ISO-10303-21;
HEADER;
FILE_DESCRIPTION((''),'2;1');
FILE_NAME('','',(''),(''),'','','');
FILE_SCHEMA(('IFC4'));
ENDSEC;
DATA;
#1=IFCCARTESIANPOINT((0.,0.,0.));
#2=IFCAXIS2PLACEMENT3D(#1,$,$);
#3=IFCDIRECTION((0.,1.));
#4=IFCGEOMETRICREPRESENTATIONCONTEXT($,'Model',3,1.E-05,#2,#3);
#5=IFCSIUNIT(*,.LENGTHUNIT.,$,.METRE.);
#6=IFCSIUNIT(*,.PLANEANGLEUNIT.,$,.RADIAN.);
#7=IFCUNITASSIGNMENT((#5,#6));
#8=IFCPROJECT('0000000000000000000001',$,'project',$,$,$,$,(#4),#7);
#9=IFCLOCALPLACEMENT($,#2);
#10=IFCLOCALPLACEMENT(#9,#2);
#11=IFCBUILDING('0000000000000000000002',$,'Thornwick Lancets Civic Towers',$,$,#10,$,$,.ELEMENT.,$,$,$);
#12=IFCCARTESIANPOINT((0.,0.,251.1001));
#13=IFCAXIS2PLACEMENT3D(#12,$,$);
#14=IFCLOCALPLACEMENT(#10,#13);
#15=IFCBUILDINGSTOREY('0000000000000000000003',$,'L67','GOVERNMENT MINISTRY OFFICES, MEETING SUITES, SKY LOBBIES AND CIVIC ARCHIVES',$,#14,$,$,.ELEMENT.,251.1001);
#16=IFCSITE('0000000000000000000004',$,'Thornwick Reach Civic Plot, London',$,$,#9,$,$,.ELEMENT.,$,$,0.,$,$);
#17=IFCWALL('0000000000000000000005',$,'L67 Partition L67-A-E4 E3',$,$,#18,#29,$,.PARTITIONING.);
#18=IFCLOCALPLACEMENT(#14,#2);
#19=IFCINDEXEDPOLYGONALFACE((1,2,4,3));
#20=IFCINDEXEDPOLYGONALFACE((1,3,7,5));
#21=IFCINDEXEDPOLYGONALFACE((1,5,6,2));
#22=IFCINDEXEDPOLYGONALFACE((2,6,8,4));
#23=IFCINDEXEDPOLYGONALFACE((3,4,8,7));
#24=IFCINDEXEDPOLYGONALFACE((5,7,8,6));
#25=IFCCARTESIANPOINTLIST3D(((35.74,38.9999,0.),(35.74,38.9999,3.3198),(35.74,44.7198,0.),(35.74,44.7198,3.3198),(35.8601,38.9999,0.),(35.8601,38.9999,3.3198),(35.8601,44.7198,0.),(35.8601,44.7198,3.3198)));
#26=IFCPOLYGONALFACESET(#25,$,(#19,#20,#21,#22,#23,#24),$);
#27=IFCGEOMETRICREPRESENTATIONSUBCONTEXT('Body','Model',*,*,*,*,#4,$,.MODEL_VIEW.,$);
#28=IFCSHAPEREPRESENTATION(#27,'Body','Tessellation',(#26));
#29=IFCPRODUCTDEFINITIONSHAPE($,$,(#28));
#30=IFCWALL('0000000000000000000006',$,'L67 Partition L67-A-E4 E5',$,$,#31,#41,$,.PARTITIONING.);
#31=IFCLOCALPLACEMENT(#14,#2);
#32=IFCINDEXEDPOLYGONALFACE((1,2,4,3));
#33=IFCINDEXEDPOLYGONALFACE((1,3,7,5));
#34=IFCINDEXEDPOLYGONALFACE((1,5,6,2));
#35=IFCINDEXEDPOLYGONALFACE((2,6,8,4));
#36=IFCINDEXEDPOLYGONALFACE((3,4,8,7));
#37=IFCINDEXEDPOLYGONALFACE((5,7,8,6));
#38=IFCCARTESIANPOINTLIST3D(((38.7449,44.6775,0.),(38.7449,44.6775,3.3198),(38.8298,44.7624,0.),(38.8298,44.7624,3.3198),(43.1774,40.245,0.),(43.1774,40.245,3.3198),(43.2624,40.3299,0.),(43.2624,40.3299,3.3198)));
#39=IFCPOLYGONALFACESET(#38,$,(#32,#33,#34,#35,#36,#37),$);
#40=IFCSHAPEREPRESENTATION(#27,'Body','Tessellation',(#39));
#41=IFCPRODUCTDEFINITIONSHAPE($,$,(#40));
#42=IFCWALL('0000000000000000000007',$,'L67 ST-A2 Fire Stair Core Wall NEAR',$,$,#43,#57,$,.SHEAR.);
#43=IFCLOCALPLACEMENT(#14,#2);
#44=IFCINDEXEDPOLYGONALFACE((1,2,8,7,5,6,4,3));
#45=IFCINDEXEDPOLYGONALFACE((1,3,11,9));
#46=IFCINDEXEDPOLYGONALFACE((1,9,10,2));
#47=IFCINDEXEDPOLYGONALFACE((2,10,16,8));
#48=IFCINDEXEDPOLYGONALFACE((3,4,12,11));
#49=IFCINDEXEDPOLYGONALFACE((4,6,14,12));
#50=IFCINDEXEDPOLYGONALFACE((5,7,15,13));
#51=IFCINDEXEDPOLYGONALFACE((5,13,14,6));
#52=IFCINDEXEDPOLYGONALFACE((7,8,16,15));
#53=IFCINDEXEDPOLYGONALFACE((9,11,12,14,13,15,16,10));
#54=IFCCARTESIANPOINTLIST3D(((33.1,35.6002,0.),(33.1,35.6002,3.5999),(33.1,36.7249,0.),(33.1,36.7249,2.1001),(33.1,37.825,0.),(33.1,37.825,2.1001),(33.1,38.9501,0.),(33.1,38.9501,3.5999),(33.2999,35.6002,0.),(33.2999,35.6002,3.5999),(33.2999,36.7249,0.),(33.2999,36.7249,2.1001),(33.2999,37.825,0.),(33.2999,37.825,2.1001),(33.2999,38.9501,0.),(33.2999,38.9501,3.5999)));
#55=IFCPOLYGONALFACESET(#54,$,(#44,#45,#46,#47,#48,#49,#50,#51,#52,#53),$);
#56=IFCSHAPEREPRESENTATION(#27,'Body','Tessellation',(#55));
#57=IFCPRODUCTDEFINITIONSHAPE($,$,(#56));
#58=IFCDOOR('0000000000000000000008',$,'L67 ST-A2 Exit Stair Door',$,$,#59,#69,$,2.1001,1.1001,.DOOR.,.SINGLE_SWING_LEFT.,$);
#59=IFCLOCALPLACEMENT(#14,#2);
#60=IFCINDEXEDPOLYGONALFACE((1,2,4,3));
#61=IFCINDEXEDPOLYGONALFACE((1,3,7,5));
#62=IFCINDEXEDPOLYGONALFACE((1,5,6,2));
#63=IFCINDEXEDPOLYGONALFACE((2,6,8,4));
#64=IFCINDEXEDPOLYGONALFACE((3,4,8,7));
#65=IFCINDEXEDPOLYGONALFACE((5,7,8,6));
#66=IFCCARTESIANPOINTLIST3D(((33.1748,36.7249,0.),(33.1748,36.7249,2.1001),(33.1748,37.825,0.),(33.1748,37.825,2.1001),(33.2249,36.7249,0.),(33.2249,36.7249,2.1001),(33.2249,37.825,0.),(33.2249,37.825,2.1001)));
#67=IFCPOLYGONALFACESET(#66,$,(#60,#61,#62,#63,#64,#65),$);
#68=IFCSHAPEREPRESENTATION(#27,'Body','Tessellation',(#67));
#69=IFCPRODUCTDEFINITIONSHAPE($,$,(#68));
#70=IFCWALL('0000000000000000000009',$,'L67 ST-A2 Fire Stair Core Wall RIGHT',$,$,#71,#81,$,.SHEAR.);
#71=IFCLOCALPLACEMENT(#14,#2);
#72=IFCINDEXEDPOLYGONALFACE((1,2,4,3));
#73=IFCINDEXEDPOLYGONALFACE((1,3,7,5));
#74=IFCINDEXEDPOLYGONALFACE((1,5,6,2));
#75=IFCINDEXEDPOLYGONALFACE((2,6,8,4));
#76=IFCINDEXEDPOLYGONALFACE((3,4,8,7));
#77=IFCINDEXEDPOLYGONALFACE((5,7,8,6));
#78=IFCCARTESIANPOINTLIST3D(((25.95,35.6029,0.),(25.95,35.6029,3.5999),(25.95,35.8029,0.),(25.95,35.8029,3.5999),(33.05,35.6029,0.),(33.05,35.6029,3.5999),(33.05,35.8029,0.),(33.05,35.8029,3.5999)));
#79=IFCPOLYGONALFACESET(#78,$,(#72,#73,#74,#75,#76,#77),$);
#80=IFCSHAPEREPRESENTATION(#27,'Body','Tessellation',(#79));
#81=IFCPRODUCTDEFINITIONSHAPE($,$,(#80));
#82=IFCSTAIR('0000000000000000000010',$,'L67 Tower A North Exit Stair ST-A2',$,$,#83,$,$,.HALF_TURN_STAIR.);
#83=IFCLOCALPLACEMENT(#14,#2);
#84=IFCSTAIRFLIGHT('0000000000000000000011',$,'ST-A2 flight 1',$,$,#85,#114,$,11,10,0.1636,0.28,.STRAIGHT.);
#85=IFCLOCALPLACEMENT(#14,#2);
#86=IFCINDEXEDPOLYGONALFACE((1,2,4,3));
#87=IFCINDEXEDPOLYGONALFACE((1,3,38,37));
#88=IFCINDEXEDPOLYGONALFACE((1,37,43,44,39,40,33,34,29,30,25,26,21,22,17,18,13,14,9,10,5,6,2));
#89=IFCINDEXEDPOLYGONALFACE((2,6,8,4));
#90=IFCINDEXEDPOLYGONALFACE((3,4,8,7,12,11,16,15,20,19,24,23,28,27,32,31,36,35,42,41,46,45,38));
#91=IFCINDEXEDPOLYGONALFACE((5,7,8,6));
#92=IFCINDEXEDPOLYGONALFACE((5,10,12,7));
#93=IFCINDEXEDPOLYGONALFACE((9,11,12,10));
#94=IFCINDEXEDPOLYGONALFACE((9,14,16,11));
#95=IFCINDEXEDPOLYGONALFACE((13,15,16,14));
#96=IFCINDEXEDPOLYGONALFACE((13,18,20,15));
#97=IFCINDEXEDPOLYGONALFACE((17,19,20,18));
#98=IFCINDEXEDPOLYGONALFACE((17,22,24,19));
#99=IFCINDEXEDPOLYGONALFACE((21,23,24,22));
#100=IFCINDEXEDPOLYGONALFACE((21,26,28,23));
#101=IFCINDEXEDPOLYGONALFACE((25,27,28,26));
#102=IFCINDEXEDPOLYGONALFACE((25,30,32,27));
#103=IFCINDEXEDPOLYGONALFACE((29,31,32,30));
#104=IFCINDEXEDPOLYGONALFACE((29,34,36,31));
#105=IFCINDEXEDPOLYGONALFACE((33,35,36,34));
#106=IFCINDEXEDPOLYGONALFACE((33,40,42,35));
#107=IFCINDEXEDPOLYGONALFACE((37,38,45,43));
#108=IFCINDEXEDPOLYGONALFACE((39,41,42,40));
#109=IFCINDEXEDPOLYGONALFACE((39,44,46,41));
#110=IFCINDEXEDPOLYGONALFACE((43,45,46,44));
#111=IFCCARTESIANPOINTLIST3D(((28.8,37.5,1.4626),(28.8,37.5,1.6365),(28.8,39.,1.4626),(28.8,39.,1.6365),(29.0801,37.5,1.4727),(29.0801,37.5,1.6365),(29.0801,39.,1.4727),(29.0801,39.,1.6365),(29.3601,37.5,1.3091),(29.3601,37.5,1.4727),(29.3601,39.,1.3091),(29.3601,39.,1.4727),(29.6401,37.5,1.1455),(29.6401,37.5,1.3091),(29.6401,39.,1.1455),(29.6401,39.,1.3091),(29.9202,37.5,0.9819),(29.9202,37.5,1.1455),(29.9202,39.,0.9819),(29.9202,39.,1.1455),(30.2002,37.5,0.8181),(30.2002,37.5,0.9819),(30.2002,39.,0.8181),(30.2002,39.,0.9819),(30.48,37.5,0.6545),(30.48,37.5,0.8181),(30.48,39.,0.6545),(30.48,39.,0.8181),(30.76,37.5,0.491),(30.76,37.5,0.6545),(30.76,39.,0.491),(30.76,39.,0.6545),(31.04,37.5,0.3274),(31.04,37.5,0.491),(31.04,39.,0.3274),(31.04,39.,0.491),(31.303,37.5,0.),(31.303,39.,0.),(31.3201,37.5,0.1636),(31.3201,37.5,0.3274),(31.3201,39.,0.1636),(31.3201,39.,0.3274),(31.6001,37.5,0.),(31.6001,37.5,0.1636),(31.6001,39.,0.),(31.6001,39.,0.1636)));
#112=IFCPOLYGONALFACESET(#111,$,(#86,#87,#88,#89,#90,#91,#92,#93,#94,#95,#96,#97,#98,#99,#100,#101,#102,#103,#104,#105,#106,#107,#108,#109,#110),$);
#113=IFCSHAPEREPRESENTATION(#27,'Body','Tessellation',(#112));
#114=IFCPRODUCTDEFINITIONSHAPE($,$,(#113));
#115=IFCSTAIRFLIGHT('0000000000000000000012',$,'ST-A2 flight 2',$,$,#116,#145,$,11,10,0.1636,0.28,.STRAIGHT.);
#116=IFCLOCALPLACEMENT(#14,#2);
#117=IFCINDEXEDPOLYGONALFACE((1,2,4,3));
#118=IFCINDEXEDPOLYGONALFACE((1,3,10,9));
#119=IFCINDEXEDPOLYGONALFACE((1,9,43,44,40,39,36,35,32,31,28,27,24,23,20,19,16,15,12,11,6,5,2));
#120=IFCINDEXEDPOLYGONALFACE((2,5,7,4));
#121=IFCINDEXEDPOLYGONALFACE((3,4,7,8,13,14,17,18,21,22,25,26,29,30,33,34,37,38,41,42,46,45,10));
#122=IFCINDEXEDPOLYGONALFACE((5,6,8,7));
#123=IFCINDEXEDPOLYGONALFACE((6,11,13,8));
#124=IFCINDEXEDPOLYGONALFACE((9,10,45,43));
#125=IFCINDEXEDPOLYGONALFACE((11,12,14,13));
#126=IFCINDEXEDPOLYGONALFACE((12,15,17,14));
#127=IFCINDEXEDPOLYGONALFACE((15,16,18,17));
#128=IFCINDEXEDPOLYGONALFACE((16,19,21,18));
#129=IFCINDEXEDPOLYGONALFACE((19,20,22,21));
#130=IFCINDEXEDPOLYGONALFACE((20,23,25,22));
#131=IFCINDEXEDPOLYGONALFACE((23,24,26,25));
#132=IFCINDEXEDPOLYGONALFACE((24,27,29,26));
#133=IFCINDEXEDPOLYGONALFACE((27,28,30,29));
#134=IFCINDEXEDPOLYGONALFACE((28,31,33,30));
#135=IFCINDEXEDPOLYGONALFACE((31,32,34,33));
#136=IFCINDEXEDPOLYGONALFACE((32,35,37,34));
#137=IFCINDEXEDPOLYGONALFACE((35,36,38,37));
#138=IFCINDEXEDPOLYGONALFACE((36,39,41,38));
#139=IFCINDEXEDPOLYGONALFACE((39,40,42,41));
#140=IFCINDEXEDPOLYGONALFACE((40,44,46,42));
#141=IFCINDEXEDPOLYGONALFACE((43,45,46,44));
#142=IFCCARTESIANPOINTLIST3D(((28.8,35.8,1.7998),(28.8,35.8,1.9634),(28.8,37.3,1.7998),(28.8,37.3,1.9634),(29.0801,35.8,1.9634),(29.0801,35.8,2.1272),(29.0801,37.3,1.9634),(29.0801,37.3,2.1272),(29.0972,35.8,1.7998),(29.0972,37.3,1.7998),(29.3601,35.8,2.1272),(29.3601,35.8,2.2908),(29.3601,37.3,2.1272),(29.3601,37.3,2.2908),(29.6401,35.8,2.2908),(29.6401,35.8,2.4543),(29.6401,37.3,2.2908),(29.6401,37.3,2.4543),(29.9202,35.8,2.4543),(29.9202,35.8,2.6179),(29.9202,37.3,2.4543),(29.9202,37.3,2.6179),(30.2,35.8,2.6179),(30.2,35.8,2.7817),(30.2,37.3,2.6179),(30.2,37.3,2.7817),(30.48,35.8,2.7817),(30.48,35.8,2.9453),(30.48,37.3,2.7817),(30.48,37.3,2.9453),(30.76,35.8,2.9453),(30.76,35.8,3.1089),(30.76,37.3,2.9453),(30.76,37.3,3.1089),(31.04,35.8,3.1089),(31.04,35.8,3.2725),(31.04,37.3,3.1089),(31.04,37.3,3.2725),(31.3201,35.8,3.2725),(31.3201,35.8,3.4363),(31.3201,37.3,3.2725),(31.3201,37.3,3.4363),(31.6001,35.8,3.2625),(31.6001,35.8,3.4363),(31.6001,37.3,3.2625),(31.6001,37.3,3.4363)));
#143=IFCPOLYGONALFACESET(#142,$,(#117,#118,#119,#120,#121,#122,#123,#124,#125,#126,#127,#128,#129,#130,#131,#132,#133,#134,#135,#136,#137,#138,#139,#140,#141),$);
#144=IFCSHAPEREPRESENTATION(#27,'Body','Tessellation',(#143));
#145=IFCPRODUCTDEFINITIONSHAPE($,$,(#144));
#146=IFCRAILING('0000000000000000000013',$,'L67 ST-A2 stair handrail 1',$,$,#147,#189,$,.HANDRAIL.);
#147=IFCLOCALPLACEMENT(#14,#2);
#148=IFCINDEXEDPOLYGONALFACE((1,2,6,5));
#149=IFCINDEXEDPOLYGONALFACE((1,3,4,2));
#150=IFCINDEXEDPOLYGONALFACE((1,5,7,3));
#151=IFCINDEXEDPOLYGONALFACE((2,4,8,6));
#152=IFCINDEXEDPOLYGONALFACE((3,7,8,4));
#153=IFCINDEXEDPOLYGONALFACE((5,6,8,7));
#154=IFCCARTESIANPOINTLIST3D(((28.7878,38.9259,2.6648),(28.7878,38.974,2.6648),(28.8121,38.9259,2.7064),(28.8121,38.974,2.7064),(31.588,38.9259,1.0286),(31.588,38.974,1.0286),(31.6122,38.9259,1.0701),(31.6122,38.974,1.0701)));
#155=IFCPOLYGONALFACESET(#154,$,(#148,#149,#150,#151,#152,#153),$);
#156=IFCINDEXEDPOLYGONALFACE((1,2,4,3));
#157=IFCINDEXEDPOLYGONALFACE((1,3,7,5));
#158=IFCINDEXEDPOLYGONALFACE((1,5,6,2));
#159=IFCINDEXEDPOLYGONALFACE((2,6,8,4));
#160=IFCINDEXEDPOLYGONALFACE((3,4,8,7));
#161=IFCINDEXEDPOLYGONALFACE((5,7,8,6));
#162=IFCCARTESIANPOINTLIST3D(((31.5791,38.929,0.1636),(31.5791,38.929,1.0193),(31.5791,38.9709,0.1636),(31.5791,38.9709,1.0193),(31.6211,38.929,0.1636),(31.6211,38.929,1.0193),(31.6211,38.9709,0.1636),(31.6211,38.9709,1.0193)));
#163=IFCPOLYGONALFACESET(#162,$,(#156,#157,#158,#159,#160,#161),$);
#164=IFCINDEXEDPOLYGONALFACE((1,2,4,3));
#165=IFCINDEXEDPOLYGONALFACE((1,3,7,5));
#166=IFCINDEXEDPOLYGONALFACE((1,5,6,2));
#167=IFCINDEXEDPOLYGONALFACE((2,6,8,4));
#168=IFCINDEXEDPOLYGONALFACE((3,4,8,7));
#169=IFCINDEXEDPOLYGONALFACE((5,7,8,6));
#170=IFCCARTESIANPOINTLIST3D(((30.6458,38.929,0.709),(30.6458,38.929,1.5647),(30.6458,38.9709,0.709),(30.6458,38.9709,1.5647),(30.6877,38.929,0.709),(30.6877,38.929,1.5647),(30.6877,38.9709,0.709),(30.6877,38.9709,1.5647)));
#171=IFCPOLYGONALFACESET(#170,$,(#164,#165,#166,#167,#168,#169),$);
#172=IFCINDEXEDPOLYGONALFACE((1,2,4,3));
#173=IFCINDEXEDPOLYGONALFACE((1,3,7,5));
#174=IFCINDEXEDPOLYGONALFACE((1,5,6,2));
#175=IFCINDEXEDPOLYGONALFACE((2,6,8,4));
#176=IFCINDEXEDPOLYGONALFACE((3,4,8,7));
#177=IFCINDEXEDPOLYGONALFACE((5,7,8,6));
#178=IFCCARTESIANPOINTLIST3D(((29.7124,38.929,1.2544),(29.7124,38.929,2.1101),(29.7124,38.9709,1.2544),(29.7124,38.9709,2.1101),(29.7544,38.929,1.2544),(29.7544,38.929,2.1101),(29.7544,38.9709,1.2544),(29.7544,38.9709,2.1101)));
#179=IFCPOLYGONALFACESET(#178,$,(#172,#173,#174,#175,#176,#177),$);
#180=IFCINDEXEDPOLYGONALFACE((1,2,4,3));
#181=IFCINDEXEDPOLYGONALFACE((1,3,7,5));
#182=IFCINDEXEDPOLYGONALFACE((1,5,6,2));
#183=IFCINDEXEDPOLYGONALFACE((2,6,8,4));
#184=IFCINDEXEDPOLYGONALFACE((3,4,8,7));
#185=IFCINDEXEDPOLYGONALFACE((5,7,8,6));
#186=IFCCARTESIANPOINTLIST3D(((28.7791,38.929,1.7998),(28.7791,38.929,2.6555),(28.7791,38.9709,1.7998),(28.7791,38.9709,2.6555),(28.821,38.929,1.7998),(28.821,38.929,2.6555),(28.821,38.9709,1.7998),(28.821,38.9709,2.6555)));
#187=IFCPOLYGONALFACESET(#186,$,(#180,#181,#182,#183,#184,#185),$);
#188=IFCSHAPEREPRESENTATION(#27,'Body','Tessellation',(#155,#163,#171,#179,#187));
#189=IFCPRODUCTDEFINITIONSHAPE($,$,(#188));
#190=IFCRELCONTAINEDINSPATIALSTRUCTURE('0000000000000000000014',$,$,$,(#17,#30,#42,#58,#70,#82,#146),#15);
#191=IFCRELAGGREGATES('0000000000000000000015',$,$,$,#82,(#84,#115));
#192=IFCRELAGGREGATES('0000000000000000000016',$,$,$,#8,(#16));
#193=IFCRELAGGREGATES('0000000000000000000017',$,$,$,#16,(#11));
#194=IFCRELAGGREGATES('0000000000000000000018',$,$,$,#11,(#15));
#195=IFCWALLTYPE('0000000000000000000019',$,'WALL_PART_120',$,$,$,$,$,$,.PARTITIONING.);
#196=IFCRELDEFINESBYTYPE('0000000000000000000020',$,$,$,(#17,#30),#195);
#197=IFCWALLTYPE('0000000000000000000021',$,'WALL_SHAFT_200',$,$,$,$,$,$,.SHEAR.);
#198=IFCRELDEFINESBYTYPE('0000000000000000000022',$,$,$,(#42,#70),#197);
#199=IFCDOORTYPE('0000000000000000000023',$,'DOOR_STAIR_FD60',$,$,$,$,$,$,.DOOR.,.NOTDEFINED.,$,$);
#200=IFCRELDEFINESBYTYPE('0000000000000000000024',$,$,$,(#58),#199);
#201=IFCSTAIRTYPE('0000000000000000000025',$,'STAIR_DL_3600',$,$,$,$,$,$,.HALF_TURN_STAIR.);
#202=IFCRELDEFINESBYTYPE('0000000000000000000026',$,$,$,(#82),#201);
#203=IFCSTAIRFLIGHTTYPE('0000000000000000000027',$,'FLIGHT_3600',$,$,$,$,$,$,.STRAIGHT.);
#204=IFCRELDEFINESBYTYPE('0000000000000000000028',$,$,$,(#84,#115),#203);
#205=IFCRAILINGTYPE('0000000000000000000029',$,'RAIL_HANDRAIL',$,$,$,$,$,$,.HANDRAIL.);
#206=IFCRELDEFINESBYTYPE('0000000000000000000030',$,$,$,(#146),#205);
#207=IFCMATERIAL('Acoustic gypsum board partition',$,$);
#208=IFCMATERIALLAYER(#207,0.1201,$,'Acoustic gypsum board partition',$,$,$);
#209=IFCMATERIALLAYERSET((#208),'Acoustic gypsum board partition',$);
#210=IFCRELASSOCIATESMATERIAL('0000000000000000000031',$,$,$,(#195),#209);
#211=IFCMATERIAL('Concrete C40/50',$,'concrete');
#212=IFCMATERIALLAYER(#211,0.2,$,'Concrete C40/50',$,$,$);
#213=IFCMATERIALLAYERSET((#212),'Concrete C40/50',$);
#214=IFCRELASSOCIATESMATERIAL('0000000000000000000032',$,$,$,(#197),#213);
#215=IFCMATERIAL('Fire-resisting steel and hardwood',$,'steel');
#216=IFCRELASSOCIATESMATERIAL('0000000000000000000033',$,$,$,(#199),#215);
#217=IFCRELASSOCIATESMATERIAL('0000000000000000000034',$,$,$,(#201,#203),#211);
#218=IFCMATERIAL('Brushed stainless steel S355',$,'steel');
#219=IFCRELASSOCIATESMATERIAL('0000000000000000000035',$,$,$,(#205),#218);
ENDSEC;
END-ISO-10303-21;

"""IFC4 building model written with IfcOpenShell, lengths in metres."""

from ifc_helpers import new_model, si_unit, direction, frame, frame_2d, origin, origin_2d, place, context, subcontext, project, spatial, polyline, rectangle, outline, extrude, material, layer, layer_set, type_object, element, fill, aggregate, save


model = new_model("IFC4")

# Units and contexts
model_context = context("Model", 3, precision=1e-05, world=origin(), true_north=direction((0.0, 1.0)))
body_context = subcontext(model_context, "Body", "Model", "MODEL_VIEW")
ifc_project = project(units=[si_unit("LENGTHUNIT", "METRE"), si_unit("PLANEANGLEUNIT", "RADIAN")], contexts=[model_context])

# Site, building, storey
site_placement = place(None, origin())
site = spatial("IfcSite", under=ifc_project, at=site_placement, Name="Thornwick Reach Civic Plot, London", CompositionType="ELEMENT", RefElevation=0.0)
building_placement = place(site_placement, origin())
building = spatial("IfcBuilding", under=site, at=building_placement, Name="Thornwick Lancets Civic Towers", CompositionType="ELEMENT")
storey_placement = place(building_placement, frame((0.0, 0.0, 251.1001)))
storey = spatial("IfcBuildingStorey", under=building, at=storey_placement, Name="L67", Description="GOVERNMENT MINISTRY OFFICES, MEETING SUITES, SKY LOBBIES AND CIVIC ARCHIVES", CompositionType="ELEMENT", Elevation=251.1001)

# Shared definitions
ifc_material_1 = material(Name="Concrete C40/50", Category="concrete")

# Walls
ifc_material_2 = material(Name="Acoustic gypsum board partition")
ifc_layer_1 = layer(ifc_material_2, 0.1201, Name="Acoustic gypsum board partition")
ifc_layer_set_1 = layer_set([ifc_layer_1], Name="Acoustic gypsum board partition")
wall_type_1 = type_object("IfcWallType", Name="WALL_PART_120", PredefinedType="PARTITIONING", material=ifc_layer_set_1)
wall_1_placement = place(storey_placement, frame((35.8, 39.0, 0.0), z_axis=(0.0, 0.0, 1.0), x_axis=(0.0, 1.0, 0.0)))
element("IfcWall", 1, at=wall_1_placement, inside=storey, type_object=wall_type_1, Name="L67 Partition L67-A-E4 E3", PredefinedType="PARTITIONING", context=body_context, shape_type="SweptSolid", body=[
    extrude(rectangle(XDim=5.72, YDim=0.1201, at=frame_2d((2.8599, 0.0))), origin(), (0.0, 0.0, 1.0), 3.3198),
])
wall_2_placement = place(storey_placement, frame((38.7874, 44.72, 0.0), z_axis=(0.0, 0.0, 1.0), x_axis=(0.707107, -0.707107, 0.0)))
element("IfcWall", 2, at=wall_2_placement, inside=storey, type_object=wall_type_1, Name="L67 Partition L67-A-E4 E5", PredefinedType="PARTITIONING", context=body_context, shape_type="SweptSolid", body=[
    extrude(rectangle(XDim=6.2686, YDim=0.1201, at=frame_2d((3.1343, 0.0))), origin(), (0.0, 0.0, 1.0), 3.3198),
])

# Wall, opening, door
ifc_layer_2 = layer(ifc_material_1, 0.2, Name="Concrete C40/50")
ifc_layer_set_2 = layer_set([ifc_layer_2], Name="Concrete C40/50")
wall_type_2 = type_object("IfcWallType", Name="WALL_SHAFT_200", PredefinedType="SHEAR", material=ifc_layer_set_2)
wall_3_placement = place(storey_placement, frame((33.2, 38.95, 0.0), z_axis=(0.0, 0.0, 1.0), x_axis=(0.0, -1.0, 0.0)))
wall_3 = element("IfcWall", 3, at=wall_3_placement, inside=storey, type_object=wall_type_2, Name="L67 ST-A2 Fire Stair Core Wall NEAR", PredefinedType="SHEAR", context=body_context, shape_type="SweptSolid", body=[
    extrude(rectangle(XDim=3.3499, YDim=0.2, at=frame_2d((1.6748, 0.0))), origin(), (0.0, 0.0, 1.0), 3.5999),
])
opening_1_placement = place(wall_3_placement, frame((1.125, 0.0, 0.0)))
opening_1 = element("IfcOpeningElement", 4, at=opening_1_placement, cuts=wall_3, PredefinedType="OPENING", context=body_context, shape_type="SweptSolid", body=[
    extrude(rectangle(XDim=1.1001, YDim=2.1001, at=frame_2d((0.55, 1.05))), frame((0.0, 0.1099, 0.0), z_axis=(0.0, -1.0, 0.0), x_axis=(1.0, 0.0, 0.0)), (0.0, 0.0, 1.0), 0.22),
])
ifc_material_3 = material(Name="Fire-resisting steel and hardwood", Category="steel")
door_type = type_object("IfcDoorType", Name="DOOR_STAIR_FD60", OperationType="NOTDEFINED", PredefinedType="DOOR", material=ifc_material_3)
door_placement = place(opening_1_placement, origin())
door = element("IfcDoor", 5, at=door_placement, inside=storey, type_object=door_type, Name="L67 ST-A2 Exit Stair Door", OperationType="SINGLE_SWING_LEFT", OverallHeight=2.1001, OverallWidth=1.1001, PredefinedType="DOOR", context=body_context, shape_type="SweptSolid", body=[
    extrude(rectangle(XDim=1.1001, YDim=2.1001, at=frame_2d((0.55, 1.05))), frame((0.0, 0.0249, 0.0), z_axis=(0.0, -1.0, 0.0), x_axis=(1.0, 0.0, 0.0)), (0.0, 0.0, 1.0), 0.05),
])
fill(opening_1, door)

# Wall
wall_4_placement = place(storey_placement, frame((25.95, 35.7029, 0.0), z_axis=(0.0, 0.0, 1.0), x_axis=(1.0, 0.0, 0.0)))
element("IfcWall", 6, at=wall_4_placement, inside=storey, type_object=wall_type_2, Name="L67 ST-A2 Fire Stair Core Wall RIGHT", PredefinedType="SHEAR", context=body_context, shape_type="SweptSolid", body=[
    extrude(rectangle(XDim=7.1001, YDim=0.2, at=frame_2d((3.55, 0.0))), origin(), (0.0, 0.0, 1.0), 3.5999),
])

# Stair, stair flights
stair_type = type_object("IfcStairType", Name="STAIR_DL_3600", PredefinedType="HALF_TURN_STAIR", material=ifc_material_1)
stair_placement = place(storey_placement, origin())
stair = element("IfcStair", 7, at=stair_placement, inside=storey, type_object=stair_type, Name="L67 Tower A North Exit Stair ST-A2", PredefinedType="HALF_TURN_STAIR")
stair_flight_type = type_object("IfcStairFlightType", Name="FLIGHT_3600", PredefinedType="STRAIGHT", material=ifc_material_1)
stair_flight_1_placement = place(storey_placement, frame((31.6001, 38.25, 0.0), z_axis=(0.0, 0.0, 1.0), x_axis=(-1.0, 0.0, 0.0)))
stair_flight_1 = element("IfcStairFlight", 8, at=stair_flight_1_placement, type_object=stair_flight_type, Name="ST-A2 flight 1", NumberOfRisers=11, NumberOfTreads=10, PredefinedType="STRAIGHT", RiserHeight=0.1636, TreadLength=0.28, context=body_context, shape_type="SweptSolid", body=[
    extrude(outline(polyline([(0.0, 0.0), (0.0, 0.1636), (0.28, 0.1636), (0.28, 0.3274), (0.5601, 0.3274), (0.5601, 0.491), (0.8401, 0.491), (0.8401, 0.6545), (1.1201, 0.6545), (1.1201, 0.8181), (1.3999, 0.8181), (1.3999, 0.9819), (1.6799, 0.9819), (1.6799, 1.1455), (1.96, 1.1455), (1.96, 1.3091), (2.24, 1.3091), (2.24, 1.4727), (2.52, 1.4727), (2.52, 1.6365), (2.8, 1.6365), (2.8, 1.8), (2.8, 1.4626), (0.2971, 0.0), (0.0, 0.0)])), frame((0.0, 0.75, 0.0), z_axis=(0.0, -1.0, 0.0), x_axis=(1.0, 0.0, 0.0)), (0.0, 0.0, 1.0), 1.5),
])
stair_flight_2_placement = place(storey_placement, frame((28.8, 36.55, 1.7998), z_axis=(0.0, 0.0, 1.0), x_axis=(1.0, 0.0, 0.0)))
stair_flight_2 = element("IfcStairFlight", 9, at=stair_flight_2_placement, type_object=stair_flight_type, Name="ST-A2 flight 2", NumberOfRisers=11, NumberOfTreads=10, PredefinedType="STRAIGHT", RiserHeight=0.1636, TreadLength=0.28, context=body_context, shape_type="SweptSolid", body=[
    extrude(outline(polyline([(0.0, 0.0), (0.0, 0.1636), (0.28, 0.1636), (0.28, 0.3274), (0.5601, 0.3274), (0.5601, 0.491), (0.8401, 0.491), (0.8401, 0.6545), (1.1201, 0.6545), (1.1201, 0.8181), (1.3999, 0.8181), (1.3999, 0.9819), (1.6799, 0.9819), (1.6799, 1.1455), (1.96, 1.1455), (1.96, 1.3091), (2.24, 1.3091), (2.24, 1.4727), (2.52, 1.4727), (2.52, 1.6365), (2.8, 1.6365), (2.8, 1.8), (2.8, 1.4626), (0.2971, 0.0), (0.0, 0.0)])), frame((0.0, 0.75, 0.0), z_axis=(0.0, -1.0, 0.0), x_axis=(1.0, 0.0, 0.0)), (0.0, 0.0, 1.0), 1.5),
])
aggregate(stair, [stair_flight_1, stair_flight_2])

# Railing
ifc_material_4 = material(Name="Brushed stainless steel S355", Category="steel")
railing_type_1 = type_object("IfcRailingType", Name="RAIL_HANDRAIL", PredefinedType="HANDRAIL", material=ifc_material_4)
railing_1_placement = place(storey_placement, frame((31.6001, 38.95, 0.1636)))
element("IfcRailing", 10, at=railing_1_placement, inside=storey, type_object=railing_type_1, Name="L67 ST-A2 stair handrail 1", PredefinedType="HANDRAIL", context=body_context, shape_type="SweptSolid", body=[
    extrude(rectangle(XDim=0.0481, YDim=0.0481, at=origin_2d()), frame((0.0, 0.0, 0.8857), z_axis=(-0.863394, 0.0, 0.504531), x_axis=(0.0, -1.0, 0.0)), (0.0, 0.0, 1.0), 3.2432),
    extrude(rectangle(XDim=0.042, YDim=0.042, at=origin_2d()), origin(), (0.0, 0.0, 1.0), 0.8557),
    extrude(rectangle(XDim=0.042, YDim=0.042, at=origin_2d()), frame((-0.9333, 0.0, 0.5454)), (0.0, 0.0, 1.0), 0.8557),
    extrude(rectangle(XDim=0.042, YDim=0.042, at=origin_2d()), frame((-1.8667, 0.0, 1.0908)), (0.0, 0.0, 1.0), 0.8557),
    extrude(rectangle(XDim=0.042, YDim=0.042, at=origin_2d()), frame((-2.8, 0.0, 1.6362)), (0.0, 0.0, 1.0), 0.8557),
])

save(model, "model.ifc")
